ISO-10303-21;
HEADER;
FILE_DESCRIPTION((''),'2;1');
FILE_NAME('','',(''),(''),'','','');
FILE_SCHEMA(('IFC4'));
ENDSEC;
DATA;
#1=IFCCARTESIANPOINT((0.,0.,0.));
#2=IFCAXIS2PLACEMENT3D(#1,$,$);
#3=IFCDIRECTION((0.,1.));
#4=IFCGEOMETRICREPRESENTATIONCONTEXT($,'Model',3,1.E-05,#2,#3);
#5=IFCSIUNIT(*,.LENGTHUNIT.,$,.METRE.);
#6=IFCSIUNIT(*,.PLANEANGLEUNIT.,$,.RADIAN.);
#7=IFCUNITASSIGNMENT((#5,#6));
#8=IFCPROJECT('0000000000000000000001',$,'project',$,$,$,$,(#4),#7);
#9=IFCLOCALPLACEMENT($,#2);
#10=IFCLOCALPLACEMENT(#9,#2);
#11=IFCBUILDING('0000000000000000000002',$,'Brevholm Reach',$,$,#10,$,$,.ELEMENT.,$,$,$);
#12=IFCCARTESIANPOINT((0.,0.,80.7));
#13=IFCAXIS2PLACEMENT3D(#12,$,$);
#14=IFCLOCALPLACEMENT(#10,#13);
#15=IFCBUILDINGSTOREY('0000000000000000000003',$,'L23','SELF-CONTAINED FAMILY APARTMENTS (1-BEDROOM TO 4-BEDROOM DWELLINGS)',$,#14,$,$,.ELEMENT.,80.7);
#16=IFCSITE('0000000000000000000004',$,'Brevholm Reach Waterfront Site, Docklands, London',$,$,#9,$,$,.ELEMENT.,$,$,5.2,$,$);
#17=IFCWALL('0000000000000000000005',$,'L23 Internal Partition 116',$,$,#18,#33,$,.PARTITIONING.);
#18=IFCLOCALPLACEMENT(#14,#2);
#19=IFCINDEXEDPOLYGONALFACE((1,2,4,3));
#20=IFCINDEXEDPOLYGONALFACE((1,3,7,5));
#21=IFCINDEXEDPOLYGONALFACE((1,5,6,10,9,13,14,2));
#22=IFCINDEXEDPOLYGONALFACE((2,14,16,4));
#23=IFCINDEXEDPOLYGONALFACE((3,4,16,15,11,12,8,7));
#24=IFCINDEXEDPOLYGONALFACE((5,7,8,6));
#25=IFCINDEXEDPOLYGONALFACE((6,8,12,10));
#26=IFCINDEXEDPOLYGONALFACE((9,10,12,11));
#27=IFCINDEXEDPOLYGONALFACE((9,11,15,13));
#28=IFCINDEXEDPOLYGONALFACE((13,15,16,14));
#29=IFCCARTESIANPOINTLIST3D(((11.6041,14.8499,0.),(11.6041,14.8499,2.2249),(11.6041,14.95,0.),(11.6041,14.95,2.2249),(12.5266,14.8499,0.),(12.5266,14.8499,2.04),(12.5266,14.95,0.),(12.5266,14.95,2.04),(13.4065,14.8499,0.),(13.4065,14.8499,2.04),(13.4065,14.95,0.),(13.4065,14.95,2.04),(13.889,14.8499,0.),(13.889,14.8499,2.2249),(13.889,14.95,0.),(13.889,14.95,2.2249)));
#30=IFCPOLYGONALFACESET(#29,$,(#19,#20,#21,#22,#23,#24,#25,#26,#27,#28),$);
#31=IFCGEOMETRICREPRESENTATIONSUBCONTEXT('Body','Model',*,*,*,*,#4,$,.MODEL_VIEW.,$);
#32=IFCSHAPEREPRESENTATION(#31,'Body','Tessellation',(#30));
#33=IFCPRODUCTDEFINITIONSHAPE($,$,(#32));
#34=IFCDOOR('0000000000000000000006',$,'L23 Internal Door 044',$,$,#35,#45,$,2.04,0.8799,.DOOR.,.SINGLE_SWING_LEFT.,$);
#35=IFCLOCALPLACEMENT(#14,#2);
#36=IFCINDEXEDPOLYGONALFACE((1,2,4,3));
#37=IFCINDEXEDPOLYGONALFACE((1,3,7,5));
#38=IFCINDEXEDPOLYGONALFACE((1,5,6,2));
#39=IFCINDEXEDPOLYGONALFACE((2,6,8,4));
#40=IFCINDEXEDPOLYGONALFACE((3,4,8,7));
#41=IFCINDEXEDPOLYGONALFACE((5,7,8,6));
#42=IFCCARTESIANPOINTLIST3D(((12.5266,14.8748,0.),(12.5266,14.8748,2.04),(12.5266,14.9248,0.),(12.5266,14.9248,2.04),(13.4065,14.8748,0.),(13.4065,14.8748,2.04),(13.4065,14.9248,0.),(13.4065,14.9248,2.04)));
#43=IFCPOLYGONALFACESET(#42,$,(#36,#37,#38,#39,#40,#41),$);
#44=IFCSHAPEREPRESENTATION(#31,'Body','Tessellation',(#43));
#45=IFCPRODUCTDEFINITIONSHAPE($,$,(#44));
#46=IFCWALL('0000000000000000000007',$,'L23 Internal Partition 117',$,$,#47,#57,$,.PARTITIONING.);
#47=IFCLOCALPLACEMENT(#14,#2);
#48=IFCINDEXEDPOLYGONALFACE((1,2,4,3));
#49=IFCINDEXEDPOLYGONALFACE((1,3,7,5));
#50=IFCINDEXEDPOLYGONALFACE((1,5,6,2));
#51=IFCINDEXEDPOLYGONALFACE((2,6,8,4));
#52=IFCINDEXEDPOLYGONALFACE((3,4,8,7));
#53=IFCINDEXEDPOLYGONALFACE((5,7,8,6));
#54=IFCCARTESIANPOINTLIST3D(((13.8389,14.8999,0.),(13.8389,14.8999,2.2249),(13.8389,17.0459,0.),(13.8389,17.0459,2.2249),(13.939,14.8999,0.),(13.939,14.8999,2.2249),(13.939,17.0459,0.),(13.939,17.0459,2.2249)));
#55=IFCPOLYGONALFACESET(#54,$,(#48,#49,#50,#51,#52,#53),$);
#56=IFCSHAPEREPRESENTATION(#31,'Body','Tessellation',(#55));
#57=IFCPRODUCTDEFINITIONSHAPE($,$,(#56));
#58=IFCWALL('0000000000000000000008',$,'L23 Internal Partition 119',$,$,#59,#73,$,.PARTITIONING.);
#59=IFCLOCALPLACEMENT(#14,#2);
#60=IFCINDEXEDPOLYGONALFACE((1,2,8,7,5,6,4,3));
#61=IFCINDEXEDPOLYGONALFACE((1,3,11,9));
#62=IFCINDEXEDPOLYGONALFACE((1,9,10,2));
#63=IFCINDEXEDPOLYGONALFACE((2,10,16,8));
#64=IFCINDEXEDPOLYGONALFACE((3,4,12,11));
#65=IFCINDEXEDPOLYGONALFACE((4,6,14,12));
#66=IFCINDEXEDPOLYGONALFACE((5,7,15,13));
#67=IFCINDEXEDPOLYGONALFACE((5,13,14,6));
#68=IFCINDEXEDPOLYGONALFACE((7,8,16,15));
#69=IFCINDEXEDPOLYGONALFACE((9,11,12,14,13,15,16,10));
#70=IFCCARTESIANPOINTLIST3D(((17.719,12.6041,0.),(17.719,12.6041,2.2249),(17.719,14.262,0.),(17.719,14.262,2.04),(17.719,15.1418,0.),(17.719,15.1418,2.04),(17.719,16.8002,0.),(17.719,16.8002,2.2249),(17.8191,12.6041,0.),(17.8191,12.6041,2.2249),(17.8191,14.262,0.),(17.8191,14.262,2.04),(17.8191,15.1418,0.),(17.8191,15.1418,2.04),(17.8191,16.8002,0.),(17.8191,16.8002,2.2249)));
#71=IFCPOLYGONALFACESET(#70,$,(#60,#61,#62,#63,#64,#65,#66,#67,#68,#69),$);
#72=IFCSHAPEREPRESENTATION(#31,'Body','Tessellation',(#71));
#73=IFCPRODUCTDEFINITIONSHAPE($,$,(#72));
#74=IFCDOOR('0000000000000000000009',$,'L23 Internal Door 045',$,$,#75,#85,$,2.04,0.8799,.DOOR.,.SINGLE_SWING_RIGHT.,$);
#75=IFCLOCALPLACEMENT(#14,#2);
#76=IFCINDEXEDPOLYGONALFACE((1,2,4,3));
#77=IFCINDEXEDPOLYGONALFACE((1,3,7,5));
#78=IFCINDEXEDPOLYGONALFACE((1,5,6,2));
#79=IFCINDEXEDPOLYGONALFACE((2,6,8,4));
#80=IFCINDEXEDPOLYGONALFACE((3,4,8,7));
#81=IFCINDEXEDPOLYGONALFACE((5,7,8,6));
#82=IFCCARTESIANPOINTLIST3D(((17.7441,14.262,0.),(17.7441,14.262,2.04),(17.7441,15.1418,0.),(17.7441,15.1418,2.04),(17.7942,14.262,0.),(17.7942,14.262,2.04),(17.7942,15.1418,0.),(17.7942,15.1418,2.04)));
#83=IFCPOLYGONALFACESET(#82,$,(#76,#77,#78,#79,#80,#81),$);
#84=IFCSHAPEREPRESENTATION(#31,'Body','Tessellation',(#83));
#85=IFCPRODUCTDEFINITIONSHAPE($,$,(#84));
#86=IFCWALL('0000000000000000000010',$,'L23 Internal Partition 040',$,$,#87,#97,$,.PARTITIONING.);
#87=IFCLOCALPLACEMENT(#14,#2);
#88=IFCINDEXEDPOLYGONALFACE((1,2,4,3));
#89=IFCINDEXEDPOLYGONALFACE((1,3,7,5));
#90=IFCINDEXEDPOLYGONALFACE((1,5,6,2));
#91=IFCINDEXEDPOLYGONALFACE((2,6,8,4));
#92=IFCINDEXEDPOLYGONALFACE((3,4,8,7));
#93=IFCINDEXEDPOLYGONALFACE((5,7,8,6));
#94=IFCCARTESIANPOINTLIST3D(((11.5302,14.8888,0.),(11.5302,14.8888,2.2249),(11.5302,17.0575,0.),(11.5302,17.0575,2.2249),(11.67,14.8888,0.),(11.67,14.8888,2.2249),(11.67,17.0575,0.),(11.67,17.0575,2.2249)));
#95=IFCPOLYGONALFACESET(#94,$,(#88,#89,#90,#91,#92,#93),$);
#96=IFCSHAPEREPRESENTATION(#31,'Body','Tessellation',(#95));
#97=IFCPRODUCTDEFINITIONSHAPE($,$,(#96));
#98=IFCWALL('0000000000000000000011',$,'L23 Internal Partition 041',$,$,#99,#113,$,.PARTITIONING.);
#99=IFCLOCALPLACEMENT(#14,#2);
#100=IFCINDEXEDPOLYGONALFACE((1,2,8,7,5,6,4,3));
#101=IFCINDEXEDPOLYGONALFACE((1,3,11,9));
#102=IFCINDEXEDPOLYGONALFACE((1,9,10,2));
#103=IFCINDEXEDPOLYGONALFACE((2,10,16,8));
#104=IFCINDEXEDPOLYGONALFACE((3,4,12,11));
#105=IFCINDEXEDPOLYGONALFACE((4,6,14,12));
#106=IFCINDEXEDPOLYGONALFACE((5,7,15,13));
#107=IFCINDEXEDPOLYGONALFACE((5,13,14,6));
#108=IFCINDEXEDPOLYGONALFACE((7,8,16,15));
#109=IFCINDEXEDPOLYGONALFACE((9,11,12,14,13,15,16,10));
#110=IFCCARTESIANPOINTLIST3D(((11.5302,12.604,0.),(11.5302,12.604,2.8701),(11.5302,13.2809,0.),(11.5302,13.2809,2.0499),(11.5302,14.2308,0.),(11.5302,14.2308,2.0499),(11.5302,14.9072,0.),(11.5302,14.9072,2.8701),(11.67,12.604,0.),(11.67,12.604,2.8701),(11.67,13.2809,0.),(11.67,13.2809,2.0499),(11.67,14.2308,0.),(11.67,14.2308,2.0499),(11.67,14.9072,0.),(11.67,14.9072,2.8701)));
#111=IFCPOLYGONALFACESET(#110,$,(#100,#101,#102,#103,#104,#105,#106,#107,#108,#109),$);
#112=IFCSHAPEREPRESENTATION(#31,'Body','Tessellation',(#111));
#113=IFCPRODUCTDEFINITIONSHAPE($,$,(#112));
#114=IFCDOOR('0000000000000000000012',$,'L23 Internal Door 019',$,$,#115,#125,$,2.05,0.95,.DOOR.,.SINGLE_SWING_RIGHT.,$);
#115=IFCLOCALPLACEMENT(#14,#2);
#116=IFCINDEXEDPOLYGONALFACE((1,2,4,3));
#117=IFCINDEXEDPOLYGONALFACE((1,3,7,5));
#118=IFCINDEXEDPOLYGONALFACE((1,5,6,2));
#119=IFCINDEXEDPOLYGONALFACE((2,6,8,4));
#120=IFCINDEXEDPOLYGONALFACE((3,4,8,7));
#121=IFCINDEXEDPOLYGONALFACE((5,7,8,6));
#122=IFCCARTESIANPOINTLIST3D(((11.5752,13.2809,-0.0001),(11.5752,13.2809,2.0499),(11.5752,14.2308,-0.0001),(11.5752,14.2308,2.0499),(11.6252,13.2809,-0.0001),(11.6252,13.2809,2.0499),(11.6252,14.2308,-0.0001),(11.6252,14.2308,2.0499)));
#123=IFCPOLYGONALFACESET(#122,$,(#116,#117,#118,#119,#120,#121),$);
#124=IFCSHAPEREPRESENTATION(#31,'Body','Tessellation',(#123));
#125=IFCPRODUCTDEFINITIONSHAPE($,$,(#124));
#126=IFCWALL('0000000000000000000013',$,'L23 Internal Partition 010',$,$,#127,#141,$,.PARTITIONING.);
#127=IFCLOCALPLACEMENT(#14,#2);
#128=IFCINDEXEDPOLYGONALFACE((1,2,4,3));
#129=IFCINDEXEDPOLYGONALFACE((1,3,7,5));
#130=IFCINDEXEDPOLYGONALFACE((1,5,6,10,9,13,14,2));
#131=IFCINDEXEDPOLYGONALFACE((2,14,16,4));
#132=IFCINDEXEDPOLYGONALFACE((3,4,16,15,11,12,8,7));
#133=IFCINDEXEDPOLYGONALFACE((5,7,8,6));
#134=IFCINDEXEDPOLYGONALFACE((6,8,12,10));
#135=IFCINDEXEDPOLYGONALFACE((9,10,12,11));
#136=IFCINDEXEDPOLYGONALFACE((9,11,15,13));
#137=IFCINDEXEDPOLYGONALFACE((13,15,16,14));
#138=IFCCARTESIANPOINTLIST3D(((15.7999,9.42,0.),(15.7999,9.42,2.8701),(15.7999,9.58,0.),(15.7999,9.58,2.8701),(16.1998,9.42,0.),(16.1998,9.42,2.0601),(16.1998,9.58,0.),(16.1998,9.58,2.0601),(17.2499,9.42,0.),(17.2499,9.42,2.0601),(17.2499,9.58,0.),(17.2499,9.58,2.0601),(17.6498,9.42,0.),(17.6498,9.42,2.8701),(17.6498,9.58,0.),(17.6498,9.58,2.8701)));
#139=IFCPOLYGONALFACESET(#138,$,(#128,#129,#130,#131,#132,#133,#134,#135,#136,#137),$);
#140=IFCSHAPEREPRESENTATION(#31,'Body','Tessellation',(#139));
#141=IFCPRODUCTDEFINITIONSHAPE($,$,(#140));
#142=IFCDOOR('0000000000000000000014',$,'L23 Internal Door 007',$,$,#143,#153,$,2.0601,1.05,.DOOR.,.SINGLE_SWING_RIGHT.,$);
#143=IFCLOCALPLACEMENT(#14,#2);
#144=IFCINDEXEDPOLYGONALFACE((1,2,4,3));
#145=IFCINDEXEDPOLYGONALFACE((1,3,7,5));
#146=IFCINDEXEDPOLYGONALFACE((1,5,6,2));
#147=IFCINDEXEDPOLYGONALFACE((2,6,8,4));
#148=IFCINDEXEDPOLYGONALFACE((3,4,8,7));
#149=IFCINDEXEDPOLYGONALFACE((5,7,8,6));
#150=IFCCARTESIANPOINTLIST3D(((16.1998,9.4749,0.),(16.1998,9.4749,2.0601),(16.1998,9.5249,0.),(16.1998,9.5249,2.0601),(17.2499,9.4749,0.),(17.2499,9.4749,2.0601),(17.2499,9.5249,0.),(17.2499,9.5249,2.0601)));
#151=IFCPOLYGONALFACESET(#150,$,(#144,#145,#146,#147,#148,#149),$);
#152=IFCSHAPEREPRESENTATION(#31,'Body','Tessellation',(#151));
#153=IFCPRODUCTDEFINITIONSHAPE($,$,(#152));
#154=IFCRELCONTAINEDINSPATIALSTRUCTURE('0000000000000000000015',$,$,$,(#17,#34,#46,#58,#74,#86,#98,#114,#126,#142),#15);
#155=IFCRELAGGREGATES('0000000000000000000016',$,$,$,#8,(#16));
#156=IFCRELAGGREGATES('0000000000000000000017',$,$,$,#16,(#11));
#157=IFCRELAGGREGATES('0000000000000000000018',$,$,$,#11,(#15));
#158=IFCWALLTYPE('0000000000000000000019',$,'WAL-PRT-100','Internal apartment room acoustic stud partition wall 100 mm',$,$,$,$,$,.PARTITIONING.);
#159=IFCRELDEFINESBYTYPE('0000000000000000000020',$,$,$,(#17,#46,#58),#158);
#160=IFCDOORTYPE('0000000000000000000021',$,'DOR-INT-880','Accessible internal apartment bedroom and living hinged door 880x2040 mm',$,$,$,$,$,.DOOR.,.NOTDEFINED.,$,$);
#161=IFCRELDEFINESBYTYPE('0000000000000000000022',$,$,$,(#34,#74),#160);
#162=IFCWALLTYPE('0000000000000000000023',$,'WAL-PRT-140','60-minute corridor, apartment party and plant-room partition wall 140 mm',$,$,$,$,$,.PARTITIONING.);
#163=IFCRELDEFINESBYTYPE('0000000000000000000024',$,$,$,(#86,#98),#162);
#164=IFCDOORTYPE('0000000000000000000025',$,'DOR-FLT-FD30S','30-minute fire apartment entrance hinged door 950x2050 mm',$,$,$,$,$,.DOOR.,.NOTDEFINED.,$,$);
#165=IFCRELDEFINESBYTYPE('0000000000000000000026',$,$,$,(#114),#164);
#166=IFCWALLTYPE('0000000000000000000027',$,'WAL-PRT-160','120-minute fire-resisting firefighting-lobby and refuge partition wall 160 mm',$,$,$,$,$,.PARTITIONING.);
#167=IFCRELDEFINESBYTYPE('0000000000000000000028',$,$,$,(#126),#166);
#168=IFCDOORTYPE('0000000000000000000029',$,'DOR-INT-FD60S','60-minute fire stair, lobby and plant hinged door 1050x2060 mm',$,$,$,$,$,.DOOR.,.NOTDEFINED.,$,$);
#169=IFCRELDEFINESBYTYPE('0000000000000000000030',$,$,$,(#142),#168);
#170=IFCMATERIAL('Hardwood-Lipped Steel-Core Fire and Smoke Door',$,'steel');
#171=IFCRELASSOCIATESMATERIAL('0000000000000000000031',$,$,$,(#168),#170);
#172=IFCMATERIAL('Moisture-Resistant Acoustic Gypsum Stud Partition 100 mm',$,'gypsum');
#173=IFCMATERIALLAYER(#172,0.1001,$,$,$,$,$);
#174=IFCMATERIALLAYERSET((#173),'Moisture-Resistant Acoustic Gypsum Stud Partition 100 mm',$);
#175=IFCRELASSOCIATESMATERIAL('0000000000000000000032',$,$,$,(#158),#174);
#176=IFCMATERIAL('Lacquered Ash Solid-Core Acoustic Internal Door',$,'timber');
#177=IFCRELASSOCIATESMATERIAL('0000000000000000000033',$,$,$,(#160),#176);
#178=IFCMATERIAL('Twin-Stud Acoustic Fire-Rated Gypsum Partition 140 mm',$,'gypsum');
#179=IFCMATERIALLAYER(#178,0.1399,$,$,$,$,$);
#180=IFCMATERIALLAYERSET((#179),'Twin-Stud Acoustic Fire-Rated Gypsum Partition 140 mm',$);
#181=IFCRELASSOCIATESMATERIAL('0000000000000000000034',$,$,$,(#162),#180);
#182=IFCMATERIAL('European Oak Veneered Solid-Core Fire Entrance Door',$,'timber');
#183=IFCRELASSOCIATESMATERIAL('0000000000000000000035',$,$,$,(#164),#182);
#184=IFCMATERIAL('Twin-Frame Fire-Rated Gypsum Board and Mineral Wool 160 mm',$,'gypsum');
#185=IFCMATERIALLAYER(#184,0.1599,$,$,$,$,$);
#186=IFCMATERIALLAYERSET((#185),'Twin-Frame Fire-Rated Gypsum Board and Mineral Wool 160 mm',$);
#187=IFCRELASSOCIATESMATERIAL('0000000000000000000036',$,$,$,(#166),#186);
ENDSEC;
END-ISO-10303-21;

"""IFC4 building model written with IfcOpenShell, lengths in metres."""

from ifc_helpers import new_model, si_unit, direction, frame, frame_2d, origin, place, context, subcontext, project, spatial, rectangle, extrude, material, layer, layer_set, type_object, element, fill, save


model = new_model("IFC4")

# Units and contexts
model_context = context("Model", 3, precision=1e-05, world=origin(), true_north=direction((0.0, 1.0)))
body_context = subcontext(model_context, "Body", "Model", "MODEL_VIEW")
ifc_project = project(units=[si_unit("LENGTHUNIT", "METRE"), si_unit("PLANEANGLEUNIT", "RADIAN")], contexts=[model_context])

# Site, building, storey
site_placement = place(None, origin())
site = spatial("IfcSite", under=ifc_project, at=site_placement, Name="Brevholm Reach Waterfront Site, Docklands, London", CompositionType="ELEMENT", RefElevation=5.2)
building_placement = place(site_placement, origin())
building = spatial("IfcBuilding", under=site, at=building_placement, Name="Brevholm Reach", CompositionType="ELEMENT")
storey_placement = place(building_placement, frame((0.0, 0.0, 80.7)))
storey = spatial("IfcBuildingStorey", under=building, at=storey_placement, Name="L23", Description="SELF-CONTAINED FAMILY APARTMENTS (1-BEDROOM TO 4-BEDROOM DWELLINGS)", CompositionType="ELEMENT", Elevation=80.7)

# Wall, opening, door
ifc_material_1 = material(Name="Hardwood-Lipped Steel-Core Fire and Smoke Door", Category="steel")
door_type_1 = type_object("IfcDoorType", Name="DOR-INT-FD60S", Description="60-minute fire stair, lobby and plant hinged door 1050x2060 mm", OperationType="NOTDEFINED", PredefinedType="DOOR", material=ifc_material_1)
ifc_material_2 = material(Name="Moisture-Resistant Acoustic Gypsum Stud Partition 100 mm", Category="gypsum")
ifc_layer_1 = layer(ifc_material_2, 0.1001)
ifc_layer_set_1 = layer_set([ifc_layer_1], Name="Moisture-Resistant Acoustic Gypsum Stud Partition 100 mm")
wall_type_1 = type_object("IfcWallType", Name="WAL-PRT-100", Description="Internal apartment room acoustic stud partition wall 100 mm", PredefinedType="PARTITIONING", material=ifc_layer_set_1)
wall_1_placement = place(storey_placement, frame((11.604, 14.8999, 0.0), z_axis=(0.0, 0.0, 1.0), x_axis=(1.0, 0.0, 0.0)))
wall_1 = element("IfcWall", 1, at=wall_1_placement, inside=storey, type_object=wall_type_1, Name="L23 Internal Partition 116", PredefinedType="PARTITIONING", context=body_context, shape_type="SweptSolid", body=[
    extrude(rectangle(XDim=2.2849, YDim=0.1001, at=frame_2d((1.1426, 0.0))), origin(), (0.0, 0.0, 1.0), 2.2249),
])
opening_1_placement = place(wall_1_placement, frame((0.9226, 0.0, 0.0)))
opening_1 = element("IfcOpeningElement", 2, at=opening_1_placement, cuts=wall_1, PredefinedType="OPENING", context=body_context, shape_type="SweptSolid", body=[
    extrude(rectangle(XDim=0.8799, YDim=2.04, at=frame_2d((0.4399, 1.02))), frame((0.0, 0.0601, 0.0), z_axis=(0.0, -1.0, 0.0), x_axis=(1.0, 0.0, 0.0)), (0.0, 0.0, 1.0), 0.1201),
])
ifc_material_3 = material(Name="Lacquered Ash Solid-Core Acoustic Internal Door", Category="timber")
door_type_2 = type_object("IfcDoorType", Name="DOR-INT-880", Description="Accessible internal apartment bedroom and living hinged door 880x2040 mm", OperationType="NOTDEFINED", PredefinedType="DOOR", material=ifc_material_3)
door_1_placement = place(opening_1_placement, origin())
door_1 = element("IfcDoor", 3, at=door_1_placement, inside=storey, type_object=door_type_2, Name="L23 Internal Door 044", OperationType="SINGLE_SWING_LEFT", OverallHeight=2.04, OverallWidth=0.8799, PredefinedType="DOOR", context=body_context, shape_type="SweptSolid", body=[
    extrude(rectangle(XDim=0.8799, YDim=2.04, at=frame_2d((0.4399, 1.02))), frame((0.0, 0.0249, 0.0), z_axis=(0.0, -1.0, 0.0), x_axis=(1.0, 0.0, 0.0)), (0.0, 0.0, 1.0), 0.05),
])
fill(opening_1, door_1)

# Wall
wall_2_placement = place(storey_placement, frame((13.8889, 14.8999, 0.0), z_axis=(0.0, 0.0, 1.0), x_axis=(0.0, 1.0, 0.0)))
element("IfcWall", 4, at=wall_2_placement, inside=storey, type_object=wall_type_1, Name="L23 Internal Partition 117", PredefinedType="PARTITIONING", context=body_context, shape_type="SweptSolid", body=[
    extrude(rectangle(XDim=2.146, YDim=0.1001, at=frame_2d((1.073, 0.0))), origin(), (0.0, 0.0, 1.0), 2.2249),
])

# Wall, opening, door
wall_3_placement = place(storey_placement, frame((17.769, 12.604, 0.0), z_axis=(0.0, 0.0, 1.0), x_axis=(0.0, 1.0, 0.0)))
wall_3 = element("IfcWall", 5, at=wall_3_placement, inside=storey, type_object=wall_type_1, Name="L23 Internal Partition 119", PredefinedType="PARTITIONING", context=body_context, shape_type="SweptSolid", body=[
    extrude(rectangle(XDim=4.196, YDim=0.1001, at=frame_2d((2.0981, 0.0))), origin(), (0.0, 0.0, 1.0), 2.2249),
])
opening_2_placement = place(wall_3_placement, frame((1.658, 0.0, 0.0)))
opening_2 = element("IfcOpeningElement", 6, at=opening_2_placement, cuts=wall_3, PredefinedType="OPENING", context=body_context, shape_type="SweptSolid", body=[
    extrude(rectangle(XDim=0.8799, YDim=2.04, at=frame_2d((0.4399, 1.02))), frame((0.0, 0.0601, 0.0), z_axis=(0.0, -1.0, 0.0), x_axis=(1.0, 0.0, 0.0)), (0.0, 0.0, 1.0), 0.1201),
])
door_2_placement = place(opening_2_placement, origin())
door_2 = element("IfcDoor", 7, at=door_2_placement, inside=storey, type_object=door_type_2, Name="L23 Internal Door 045", OperationType="SINGLE_SWING_RIGHT", OverallHeight=2.04, OverallWidth=0.8799, PredefinedType="DOOR", context=body_context, shape_type="SweptSolid", body=[
    extrude(rectangle(XDim=0.8799, YDim=2.04, at=frame_2d((0.4399, 1.02))), frame((0.0, 0.0249, 0.0), z_axis=(0.0, -1.0, 0.0), x_axis=(1.0, 0.0, 0.0)), (0.0, 0.0, 1.0), 0.05),
])
fill(opening_2, door_2)

# Wall
ifc_material_4 = material(Name="Twin-Stud Acoustic Fire-Rated Gypsum Partition 140 mm", Category="gypsum")
ifc_layer_2 = layer(ifc_material_4, 0.1399)
ifc_layer_set_2 = layer_set([ifc_layer_2], Name="Twin-Stud Acoustic Fire-Rated Gypsum Partition 140 mm")
wall_type_2 = type_object("IfcWallType", Name="WAL-PRT-140", Description="60-minute corridor, apartment party and plant-room partition wall 140 mm", PredefinedType="PARTITIONING", material=ifc_layer_set_2)
wall_4_placement = place(storey_placement, frame((11.6001, 14.8887, 0.0), z_axis=(0.0, 0.0, 1.0), x_axis=(0.0, 1.0, 0.0)))
element("IfcWall", 8, at=wall_4_placement, inside=storey, type_object=wall_type_2, Name="L23 Internal Partition 040", PredefinedType="PARTITIONING", context=body_context, shape_type="SweptSolid", body=[
    extrude(rectangle(XDim=2.1687, YDim=0.1399, at=frame_2d((1.0845, 0.0))), origin(), (0.0, 0.0, 1.0), 2.2249),
])

# Walls, openings, doors
wall_5_placement = place(storey_placement, frame((11.6001, 12.604, 0.0), z_axis=(0.0, 0.0, 1.0), x_axis=(0.0, 1.0, 0.0)))
wall_5 = element("IfcWall", 9, at=wall_5_placement, inside=storey, type_object=wall_type_2, Name="L23 Internal Partition 041", PredefinedType="PARTITIONING", context=body_context, shape_type="SweptSolid", body=[
    extrude(rectangle(XDim=2.3032, YDim=0.1399, at=frame_2d((1.1516, 0.0))), origin(), (0.0, 0.0, 1.0), 2.8701),
])
opening_3_placement = place(wall_5_placement, frame((0.6768, 0.0, 0.0)))
opening_3 = element("IfcOpeningElement", 10, at=opening_3_placement, cuts=wall_5, PredefinedType="OPENING", context=body_context, shape_type="SweptSolid", body=[
    extrude(rectangle(XDim=0.95, YDim=2.05, at=frame_2d((0.4751, 1.0249))), frame((0.0, 0.0798, 0.0), z_axis=(0.0, -1.0, 0.0), x_axis=(1.0, 0.0, 0.0)), (0.0, 0.0, 1.0), 0.1599),
])
ifc_material_5 = material(Name="European Oak Veneered Solid-Core Fire Entrance Door", Category="timber")
door_type_3 = type_object("IfcDoorType", Name="DOR-FLT-FD30S", Description="30-minute fire apartment entrance hinged door 950x2050 mm", OperationType="NOTDEFINED", PredefinedType="DOOR", material=ifc_material_5)
door_3_placement = place(opening_3_placement, origin())
door_3 = element("IfcDoor", 11, at=door_3_placement, inside=storey, type_object=door_type_3, Name="L23 Internal Door 019", OperationType="SINGLE_SWING_RIGHT", OverallHeight=2.05, OverallWidth=0.95, PredefinedType="DOOR", context=body_context, shape_type="SweptSolid", body=[
    extrude(rectangle(XDim=0.95, YDim=2.05, at=frame_2d((0.4751, 1.0249))), frame((0.0, 0.0249, 0.0), z_axis=(0.0, -1.0, 0.0), x_axis=(1.0, 0.0, 0.0)), (0.0, 0.0, 1.0), 0.05),
])
fill(opening_3, door_3)
ifc_material_6 = material(Name="Twin-Frame Fire-Rated Gypsum Board and Mineral Wool 160 mm", Category="gypsum")
ifc_layer_3 = layer(ifc_material_6, 0.1599)
ifc_layer_set_3 = layer_set([ifc_layer_3], Name="Twin-Frame Fire-Rated Gypsum Board and Mineral Wool 160 mm")
wall_type_3 = type_object("IfcWallType", Name="WAL-PRT-160", Description="120-minute fire-resisting firefighting-lobby and refuge partition wall 160 mm", PredefinedType="PARTITIONING", material=ifc_layer_set_3)
wall_6_placement = place(storey_placement, frame((15.8, 9.5, 0.0), z_axis=(0.0, 0.0, 1.0), x_axis=(1.0, 0.0, 0.0)))
wall_6 = element("IfcWall", 12, at=wall_6_placement, inside=storey, type_object=wall_type_3, Name="L23 Internal Partition 010", PredefinedType="PARTITIONING", context=body_context, shape_type="SweptSolid", body=[
    extrude(rectangle(XDim=1.8499, YDim=0.1599, at=frame_2d((0.9248, 0.0))), origin(), (0.0, 0.0, 1.0), 2.8701),
])
opening_4_placement = place(wall_6_placement, frame((0.3999, 0.0, 0.0)))
opening_4 = element("IfcOpeningElement", 13, at=opening_4_placement, cuts=wall_6, PredefinedType="OPENING", context=body_context, shape_type="SweptSolid", body=[
    extrude(rectangle(XDim=1.05, YDim=2.0601, at=frame_2d((0.5249, 1.03))), frame((0.0, 0.0898, 0.0), z_axis=(0.0, -1.0, 0.0), x_axis=(1.0, 0.0, 0.0)), (0.0, 0.0, 1.0), 0.1799),
])
door_4_placement = place(opening_4_placement, origin())
door_4 = element("IfcDoor", 14, at=door_4_placement, inside=storey, type_object=door_type_1, Name="L23 Internal Door 007", OperationType="SINGLE_SWING_RIGHT", OverallHeight=2.0601, OverallWidth=1.05, PredefinedType="DOOR", context=body_context, shape_type="SweptSolid", body=[
    extrude(rectangle(XDim=1.05, YDim=2.0601, at=frame_2d((0.5249, 1.03))), frame((0.0, 0.0249, 0.0), z_axis=(0.0, -1.0, 0.0), x_axis=(1.0, 0.0, 0.0)), (0.0, 0.0, 1.0), 0.05),
])
fill(opening_4, door_4)

save(model, "model.ifc")
